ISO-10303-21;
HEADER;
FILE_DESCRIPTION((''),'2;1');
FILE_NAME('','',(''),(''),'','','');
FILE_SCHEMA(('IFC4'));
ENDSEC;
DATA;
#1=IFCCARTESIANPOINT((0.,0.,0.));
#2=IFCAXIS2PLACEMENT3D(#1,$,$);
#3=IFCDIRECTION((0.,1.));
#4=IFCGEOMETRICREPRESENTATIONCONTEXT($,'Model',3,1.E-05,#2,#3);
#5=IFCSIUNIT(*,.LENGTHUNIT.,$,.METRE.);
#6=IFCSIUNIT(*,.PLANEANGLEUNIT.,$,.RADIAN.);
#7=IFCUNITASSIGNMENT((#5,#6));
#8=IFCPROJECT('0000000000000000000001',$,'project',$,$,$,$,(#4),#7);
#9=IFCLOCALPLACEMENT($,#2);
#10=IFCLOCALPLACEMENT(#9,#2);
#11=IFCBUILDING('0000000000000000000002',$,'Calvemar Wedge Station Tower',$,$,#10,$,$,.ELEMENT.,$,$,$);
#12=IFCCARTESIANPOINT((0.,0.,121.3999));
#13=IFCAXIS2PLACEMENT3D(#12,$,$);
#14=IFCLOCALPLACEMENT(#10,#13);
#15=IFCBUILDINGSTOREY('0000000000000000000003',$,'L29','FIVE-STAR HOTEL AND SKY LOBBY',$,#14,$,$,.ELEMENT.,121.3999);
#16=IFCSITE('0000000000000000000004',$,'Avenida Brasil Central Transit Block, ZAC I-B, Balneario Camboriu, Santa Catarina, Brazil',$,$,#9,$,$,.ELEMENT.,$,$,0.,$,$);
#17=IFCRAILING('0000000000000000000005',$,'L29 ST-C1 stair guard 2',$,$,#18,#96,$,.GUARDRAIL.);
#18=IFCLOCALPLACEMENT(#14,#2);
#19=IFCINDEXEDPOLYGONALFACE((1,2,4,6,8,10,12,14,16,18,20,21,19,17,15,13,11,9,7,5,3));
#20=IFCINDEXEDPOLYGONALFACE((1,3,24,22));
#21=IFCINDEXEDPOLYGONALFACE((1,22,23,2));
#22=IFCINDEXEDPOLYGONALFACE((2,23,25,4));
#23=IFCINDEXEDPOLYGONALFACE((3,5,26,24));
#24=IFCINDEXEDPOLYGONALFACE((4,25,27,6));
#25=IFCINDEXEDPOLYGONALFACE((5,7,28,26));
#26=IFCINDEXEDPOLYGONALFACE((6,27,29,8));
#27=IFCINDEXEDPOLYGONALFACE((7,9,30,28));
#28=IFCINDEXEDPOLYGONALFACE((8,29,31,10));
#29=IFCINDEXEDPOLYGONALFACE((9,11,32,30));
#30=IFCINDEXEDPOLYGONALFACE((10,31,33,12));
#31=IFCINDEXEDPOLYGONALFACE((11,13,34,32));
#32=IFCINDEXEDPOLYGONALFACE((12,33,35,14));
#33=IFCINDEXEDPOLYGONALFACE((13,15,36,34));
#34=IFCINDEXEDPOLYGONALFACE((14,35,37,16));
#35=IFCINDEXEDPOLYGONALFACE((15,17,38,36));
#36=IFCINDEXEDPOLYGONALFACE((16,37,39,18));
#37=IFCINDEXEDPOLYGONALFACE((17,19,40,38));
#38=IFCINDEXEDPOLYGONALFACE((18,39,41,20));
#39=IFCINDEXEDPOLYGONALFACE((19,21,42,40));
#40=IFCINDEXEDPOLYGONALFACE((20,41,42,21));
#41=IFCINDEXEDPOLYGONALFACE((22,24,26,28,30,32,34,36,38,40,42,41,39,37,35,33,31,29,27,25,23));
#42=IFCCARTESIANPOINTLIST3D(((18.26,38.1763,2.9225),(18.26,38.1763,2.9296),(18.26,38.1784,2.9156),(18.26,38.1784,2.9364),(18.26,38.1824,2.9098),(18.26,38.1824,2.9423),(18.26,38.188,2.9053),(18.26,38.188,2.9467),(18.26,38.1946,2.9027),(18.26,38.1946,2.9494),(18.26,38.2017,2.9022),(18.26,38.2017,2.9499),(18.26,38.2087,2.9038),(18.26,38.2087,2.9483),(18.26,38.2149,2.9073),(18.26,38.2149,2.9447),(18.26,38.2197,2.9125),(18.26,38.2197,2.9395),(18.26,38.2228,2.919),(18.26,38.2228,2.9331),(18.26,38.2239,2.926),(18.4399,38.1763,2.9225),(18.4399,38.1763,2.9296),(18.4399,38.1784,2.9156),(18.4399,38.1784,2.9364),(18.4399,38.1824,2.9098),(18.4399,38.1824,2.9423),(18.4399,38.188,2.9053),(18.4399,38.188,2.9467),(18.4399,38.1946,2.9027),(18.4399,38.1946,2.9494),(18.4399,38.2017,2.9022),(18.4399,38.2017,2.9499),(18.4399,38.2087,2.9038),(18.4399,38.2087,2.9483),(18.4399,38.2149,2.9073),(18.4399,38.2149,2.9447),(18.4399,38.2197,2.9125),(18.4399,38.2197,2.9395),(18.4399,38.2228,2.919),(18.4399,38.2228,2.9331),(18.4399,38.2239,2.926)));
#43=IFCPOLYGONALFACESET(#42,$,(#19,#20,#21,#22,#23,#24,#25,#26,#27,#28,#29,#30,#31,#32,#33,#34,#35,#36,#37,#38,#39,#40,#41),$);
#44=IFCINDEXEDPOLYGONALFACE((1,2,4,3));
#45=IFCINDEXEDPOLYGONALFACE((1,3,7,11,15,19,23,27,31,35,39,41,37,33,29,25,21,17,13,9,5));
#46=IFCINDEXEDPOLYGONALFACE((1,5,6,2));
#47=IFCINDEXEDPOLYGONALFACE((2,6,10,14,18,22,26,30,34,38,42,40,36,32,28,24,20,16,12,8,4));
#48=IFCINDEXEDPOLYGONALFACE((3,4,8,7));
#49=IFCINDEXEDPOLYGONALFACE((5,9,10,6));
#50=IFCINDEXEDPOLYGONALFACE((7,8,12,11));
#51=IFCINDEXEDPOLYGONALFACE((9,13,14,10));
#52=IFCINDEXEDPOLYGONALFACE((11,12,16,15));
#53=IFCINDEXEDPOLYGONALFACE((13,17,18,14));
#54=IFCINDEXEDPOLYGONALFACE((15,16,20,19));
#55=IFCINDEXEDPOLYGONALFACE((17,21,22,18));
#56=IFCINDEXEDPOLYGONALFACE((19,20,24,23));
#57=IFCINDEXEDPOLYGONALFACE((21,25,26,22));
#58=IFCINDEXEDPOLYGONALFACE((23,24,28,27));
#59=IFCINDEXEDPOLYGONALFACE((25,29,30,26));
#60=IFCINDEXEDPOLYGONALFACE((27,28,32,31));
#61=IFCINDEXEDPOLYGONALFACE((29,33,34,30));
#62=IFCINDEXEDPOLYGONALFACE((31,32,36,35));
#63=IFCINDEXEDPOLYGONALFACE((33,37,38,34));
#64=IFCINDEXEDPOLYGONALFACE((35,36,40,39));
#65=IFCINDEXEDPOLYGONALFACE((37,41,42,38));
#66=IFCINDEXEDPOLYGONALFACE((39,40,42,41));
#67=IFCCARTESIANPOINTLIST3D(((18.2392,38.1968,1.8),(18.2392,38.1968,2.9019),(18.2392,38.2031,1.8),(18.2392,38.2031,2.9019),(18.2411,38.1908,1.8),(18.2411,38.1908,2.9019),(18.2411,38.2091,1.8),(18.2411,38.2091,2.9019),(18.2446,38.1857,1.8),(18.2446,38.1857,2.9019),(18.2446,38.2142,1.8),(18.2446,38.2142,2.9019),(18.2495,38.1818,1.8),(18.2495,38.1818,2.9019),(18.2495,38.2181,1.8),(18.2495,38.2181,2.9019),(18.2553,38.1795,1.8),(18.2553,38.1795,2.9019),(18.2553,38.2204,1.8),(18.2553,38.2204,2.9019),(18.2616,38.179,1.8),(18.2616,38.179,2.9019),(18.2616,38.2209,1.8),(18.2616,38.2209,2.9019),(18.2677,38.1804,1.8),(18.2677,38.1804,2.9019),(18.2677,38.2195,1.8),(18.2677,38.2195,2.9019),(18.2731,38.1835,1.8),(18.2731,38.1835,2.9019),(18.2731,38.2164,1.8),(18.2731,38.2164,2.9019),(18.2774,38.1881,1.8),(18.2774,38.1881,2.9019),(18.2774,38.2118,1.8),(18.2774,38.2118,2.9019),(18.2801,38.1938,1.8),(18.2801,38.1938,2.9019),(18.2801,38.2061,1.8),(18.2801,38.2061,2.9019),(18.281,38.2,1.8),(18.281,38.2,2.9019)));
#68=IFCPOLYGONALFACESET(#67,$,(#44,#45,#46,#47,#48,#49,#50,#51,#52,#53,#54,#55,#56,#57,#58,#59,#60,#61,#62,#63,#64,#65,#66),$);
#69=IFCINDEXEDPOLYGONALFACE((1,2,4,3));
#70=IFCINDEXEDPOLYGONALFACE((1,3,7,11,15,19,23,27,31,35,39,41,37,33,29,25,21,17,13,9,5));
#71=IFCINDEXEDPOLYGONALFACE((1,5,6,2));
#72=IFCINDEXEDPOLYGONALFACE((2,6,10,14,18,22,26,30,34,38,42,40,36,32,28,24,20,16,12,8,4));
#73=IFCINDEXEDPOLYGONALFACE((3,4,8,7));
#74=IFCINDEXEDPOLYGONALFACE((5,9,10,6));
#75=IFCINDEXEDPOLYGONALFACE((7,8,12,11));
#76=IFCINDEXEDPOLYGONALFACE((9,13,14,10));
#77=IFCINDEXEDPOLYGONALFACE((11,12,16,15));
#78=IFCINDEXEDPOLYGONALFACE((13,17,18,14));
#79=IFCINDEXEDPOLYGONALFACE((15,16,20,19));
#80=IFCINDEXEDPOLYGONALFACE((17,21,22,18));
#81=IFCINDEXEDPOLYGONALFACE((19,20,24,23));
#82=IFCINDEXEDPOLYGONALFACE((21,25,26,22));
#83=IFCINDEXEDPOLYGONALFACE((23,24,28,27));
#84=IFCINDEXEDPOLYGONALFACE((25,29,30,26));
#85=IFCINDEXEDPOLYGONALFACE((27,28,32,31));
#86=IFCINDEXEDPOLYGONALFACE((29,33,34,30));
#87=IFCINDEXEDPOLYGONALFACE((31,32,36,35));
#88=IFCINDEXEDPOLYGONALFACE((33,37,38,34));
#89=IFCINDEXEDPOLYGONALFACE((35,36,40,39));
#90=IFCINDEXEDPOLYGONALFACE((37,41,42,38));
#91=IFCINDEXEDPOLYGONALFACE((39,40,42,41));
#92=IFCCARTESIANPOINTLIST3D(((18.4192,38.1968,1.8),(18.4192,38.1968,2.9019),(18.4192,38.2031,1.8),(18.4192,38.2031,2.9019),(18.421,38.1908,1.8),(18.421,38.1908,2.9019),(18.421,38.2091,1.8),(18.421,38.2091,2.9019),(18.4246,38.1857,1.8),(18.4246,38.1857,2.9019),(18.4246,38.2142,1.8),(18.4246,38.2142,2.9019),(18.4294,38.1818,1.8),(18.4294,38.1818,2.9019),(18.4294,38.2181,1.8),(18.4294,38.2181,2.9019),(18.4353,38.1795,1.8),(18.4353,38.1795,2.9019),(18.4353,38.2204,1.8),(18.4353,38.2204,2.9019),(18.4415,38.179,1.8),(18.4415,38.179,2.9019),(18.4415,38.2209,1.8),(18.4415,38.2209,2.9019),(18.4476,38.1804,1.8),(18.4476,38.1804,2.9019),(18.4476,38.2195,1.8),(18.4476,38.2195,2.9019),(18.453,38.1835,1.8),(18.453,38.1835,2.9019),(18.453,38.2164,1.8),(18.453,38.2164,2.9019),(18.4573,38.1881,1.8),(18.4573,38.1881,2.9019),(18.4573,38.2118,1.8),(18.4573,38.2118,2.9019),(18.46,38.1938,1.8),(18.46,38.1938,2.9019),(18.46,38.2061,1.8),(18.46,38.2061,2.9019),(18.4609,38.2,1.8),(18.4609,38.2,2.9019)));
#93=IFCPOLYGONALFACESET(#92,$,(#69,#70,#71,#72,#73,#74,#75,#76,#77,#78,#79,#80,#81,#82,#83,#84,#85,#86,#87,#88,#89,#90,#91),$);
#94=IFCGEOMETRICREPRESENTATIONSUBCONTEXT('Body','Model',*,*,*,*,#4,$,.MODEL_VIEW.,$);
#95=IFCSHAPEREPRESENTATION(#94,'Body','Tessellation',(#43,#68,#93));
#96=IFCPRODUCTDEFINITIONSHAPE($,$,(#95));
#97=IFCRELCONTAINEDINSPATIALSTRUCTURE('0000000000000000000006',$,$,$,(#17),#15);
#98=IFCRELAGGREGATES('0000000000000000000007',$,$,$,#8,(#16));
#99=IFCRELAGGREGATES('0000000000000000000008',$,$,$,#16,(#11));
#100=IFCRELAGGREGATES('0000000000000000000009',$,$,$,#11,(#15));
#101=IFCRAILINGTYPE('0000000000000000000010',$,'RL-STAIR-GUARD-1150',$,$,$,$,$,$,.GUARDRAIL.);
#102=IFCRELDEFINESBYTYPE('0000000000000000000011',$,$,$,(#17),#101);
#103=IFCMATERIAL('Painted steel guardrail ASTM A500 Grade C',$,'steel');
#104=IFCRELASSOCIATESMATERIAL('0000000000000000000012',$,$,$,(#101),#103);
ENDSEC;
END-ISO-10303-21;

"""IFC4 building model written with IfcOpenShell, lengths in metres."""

from ifc_helpers import new_model, si_unit, direction, frame, origin, origin_2d, place, context, subcontext, project, spatial, circle, extrude, material, type_object, element, save


model = new_model("IFC4")

# Units and contexts
model_context = context("Model", 3, precision=1e-05, world=origin(), true_north=direction((0.0, 1.0)))
body_context = subcontext(model_context, "Body", "Model", "MODEL_VIEW")
ifc_project = project(units=[si_unit("LENGTHUNIT", "METRE"), si_unit("PLANEANGLEUNIT", "RADIAN")], contexts=[model_context])

# Site, building, storey
site_placement = place(None, origin())
site = spatial("IfcSite", under=ifc_project, at=site_placement, Name="Avenida Brasil Central Transit Block, ZAC I-B, Balneario Camboriu, Santa Catarina, Brazil", CompositionType="ELEMENT", RefElevation=0.0)
building_placement = place(site_placement, origin())
building = spatial("IfcBuilding", under=site, at=building_placement, Name="Calvemar Wedge Station Tower", CompositionType="ELEMENT")
storey_placement = place(building_placement, frame((0.0, 0.0, 121.3999)))
storey = spatial("IfcBuildingStorey", under=building, at=storey_placement, Name="L29", Description="FIVE-STAR HOTEL AND SKY LOBBY", CompositionType="ELEMENT", Elevation=121.3999)

# Railing
ifc_material_1 = material(Name="Painted steel guardrail ASTM A500 Grade C", Category="steel")
railing_type_1 = type_object("IfcRailingType", Name="RL-STAIR-GUARD-1150", PredefinedType="GUARDRAIL", material=ifc_material_1)
railing_1_placement = place(storey_placement, frame((18.26, 38.2, 1.8)))
element("IfcRailing", 1, at=railing_1_placement, inside=storey, type_object=railing_type_1, Name="L29 ST-C1 stair guard 2", PredefinedType="GUARDRAIL", context=body_context, shape_type="SweptSolid", body=[
    extrude(circle(Radius=0.0239, at=origin_2d()), frame((0.0, 0.0, 1.126), z_axis=(1.0, 0.0, 0.0), x_axis=(0.0, 1.0, 0.0)), (0.0, 0.0, 1.0), 0.1799),
    extrude(circle(Radius=0.021, at=origin_2d()), origin(), (0.0, 0.0, 1.0), 1.1018),
    extrude(circle(Radius=0.021, at=origin_2d()), frame((0.1799, 0.0, 0.0)), (0.0, 0.0, 1.0), 1.1018),
])

save(model, "model.ifc")
